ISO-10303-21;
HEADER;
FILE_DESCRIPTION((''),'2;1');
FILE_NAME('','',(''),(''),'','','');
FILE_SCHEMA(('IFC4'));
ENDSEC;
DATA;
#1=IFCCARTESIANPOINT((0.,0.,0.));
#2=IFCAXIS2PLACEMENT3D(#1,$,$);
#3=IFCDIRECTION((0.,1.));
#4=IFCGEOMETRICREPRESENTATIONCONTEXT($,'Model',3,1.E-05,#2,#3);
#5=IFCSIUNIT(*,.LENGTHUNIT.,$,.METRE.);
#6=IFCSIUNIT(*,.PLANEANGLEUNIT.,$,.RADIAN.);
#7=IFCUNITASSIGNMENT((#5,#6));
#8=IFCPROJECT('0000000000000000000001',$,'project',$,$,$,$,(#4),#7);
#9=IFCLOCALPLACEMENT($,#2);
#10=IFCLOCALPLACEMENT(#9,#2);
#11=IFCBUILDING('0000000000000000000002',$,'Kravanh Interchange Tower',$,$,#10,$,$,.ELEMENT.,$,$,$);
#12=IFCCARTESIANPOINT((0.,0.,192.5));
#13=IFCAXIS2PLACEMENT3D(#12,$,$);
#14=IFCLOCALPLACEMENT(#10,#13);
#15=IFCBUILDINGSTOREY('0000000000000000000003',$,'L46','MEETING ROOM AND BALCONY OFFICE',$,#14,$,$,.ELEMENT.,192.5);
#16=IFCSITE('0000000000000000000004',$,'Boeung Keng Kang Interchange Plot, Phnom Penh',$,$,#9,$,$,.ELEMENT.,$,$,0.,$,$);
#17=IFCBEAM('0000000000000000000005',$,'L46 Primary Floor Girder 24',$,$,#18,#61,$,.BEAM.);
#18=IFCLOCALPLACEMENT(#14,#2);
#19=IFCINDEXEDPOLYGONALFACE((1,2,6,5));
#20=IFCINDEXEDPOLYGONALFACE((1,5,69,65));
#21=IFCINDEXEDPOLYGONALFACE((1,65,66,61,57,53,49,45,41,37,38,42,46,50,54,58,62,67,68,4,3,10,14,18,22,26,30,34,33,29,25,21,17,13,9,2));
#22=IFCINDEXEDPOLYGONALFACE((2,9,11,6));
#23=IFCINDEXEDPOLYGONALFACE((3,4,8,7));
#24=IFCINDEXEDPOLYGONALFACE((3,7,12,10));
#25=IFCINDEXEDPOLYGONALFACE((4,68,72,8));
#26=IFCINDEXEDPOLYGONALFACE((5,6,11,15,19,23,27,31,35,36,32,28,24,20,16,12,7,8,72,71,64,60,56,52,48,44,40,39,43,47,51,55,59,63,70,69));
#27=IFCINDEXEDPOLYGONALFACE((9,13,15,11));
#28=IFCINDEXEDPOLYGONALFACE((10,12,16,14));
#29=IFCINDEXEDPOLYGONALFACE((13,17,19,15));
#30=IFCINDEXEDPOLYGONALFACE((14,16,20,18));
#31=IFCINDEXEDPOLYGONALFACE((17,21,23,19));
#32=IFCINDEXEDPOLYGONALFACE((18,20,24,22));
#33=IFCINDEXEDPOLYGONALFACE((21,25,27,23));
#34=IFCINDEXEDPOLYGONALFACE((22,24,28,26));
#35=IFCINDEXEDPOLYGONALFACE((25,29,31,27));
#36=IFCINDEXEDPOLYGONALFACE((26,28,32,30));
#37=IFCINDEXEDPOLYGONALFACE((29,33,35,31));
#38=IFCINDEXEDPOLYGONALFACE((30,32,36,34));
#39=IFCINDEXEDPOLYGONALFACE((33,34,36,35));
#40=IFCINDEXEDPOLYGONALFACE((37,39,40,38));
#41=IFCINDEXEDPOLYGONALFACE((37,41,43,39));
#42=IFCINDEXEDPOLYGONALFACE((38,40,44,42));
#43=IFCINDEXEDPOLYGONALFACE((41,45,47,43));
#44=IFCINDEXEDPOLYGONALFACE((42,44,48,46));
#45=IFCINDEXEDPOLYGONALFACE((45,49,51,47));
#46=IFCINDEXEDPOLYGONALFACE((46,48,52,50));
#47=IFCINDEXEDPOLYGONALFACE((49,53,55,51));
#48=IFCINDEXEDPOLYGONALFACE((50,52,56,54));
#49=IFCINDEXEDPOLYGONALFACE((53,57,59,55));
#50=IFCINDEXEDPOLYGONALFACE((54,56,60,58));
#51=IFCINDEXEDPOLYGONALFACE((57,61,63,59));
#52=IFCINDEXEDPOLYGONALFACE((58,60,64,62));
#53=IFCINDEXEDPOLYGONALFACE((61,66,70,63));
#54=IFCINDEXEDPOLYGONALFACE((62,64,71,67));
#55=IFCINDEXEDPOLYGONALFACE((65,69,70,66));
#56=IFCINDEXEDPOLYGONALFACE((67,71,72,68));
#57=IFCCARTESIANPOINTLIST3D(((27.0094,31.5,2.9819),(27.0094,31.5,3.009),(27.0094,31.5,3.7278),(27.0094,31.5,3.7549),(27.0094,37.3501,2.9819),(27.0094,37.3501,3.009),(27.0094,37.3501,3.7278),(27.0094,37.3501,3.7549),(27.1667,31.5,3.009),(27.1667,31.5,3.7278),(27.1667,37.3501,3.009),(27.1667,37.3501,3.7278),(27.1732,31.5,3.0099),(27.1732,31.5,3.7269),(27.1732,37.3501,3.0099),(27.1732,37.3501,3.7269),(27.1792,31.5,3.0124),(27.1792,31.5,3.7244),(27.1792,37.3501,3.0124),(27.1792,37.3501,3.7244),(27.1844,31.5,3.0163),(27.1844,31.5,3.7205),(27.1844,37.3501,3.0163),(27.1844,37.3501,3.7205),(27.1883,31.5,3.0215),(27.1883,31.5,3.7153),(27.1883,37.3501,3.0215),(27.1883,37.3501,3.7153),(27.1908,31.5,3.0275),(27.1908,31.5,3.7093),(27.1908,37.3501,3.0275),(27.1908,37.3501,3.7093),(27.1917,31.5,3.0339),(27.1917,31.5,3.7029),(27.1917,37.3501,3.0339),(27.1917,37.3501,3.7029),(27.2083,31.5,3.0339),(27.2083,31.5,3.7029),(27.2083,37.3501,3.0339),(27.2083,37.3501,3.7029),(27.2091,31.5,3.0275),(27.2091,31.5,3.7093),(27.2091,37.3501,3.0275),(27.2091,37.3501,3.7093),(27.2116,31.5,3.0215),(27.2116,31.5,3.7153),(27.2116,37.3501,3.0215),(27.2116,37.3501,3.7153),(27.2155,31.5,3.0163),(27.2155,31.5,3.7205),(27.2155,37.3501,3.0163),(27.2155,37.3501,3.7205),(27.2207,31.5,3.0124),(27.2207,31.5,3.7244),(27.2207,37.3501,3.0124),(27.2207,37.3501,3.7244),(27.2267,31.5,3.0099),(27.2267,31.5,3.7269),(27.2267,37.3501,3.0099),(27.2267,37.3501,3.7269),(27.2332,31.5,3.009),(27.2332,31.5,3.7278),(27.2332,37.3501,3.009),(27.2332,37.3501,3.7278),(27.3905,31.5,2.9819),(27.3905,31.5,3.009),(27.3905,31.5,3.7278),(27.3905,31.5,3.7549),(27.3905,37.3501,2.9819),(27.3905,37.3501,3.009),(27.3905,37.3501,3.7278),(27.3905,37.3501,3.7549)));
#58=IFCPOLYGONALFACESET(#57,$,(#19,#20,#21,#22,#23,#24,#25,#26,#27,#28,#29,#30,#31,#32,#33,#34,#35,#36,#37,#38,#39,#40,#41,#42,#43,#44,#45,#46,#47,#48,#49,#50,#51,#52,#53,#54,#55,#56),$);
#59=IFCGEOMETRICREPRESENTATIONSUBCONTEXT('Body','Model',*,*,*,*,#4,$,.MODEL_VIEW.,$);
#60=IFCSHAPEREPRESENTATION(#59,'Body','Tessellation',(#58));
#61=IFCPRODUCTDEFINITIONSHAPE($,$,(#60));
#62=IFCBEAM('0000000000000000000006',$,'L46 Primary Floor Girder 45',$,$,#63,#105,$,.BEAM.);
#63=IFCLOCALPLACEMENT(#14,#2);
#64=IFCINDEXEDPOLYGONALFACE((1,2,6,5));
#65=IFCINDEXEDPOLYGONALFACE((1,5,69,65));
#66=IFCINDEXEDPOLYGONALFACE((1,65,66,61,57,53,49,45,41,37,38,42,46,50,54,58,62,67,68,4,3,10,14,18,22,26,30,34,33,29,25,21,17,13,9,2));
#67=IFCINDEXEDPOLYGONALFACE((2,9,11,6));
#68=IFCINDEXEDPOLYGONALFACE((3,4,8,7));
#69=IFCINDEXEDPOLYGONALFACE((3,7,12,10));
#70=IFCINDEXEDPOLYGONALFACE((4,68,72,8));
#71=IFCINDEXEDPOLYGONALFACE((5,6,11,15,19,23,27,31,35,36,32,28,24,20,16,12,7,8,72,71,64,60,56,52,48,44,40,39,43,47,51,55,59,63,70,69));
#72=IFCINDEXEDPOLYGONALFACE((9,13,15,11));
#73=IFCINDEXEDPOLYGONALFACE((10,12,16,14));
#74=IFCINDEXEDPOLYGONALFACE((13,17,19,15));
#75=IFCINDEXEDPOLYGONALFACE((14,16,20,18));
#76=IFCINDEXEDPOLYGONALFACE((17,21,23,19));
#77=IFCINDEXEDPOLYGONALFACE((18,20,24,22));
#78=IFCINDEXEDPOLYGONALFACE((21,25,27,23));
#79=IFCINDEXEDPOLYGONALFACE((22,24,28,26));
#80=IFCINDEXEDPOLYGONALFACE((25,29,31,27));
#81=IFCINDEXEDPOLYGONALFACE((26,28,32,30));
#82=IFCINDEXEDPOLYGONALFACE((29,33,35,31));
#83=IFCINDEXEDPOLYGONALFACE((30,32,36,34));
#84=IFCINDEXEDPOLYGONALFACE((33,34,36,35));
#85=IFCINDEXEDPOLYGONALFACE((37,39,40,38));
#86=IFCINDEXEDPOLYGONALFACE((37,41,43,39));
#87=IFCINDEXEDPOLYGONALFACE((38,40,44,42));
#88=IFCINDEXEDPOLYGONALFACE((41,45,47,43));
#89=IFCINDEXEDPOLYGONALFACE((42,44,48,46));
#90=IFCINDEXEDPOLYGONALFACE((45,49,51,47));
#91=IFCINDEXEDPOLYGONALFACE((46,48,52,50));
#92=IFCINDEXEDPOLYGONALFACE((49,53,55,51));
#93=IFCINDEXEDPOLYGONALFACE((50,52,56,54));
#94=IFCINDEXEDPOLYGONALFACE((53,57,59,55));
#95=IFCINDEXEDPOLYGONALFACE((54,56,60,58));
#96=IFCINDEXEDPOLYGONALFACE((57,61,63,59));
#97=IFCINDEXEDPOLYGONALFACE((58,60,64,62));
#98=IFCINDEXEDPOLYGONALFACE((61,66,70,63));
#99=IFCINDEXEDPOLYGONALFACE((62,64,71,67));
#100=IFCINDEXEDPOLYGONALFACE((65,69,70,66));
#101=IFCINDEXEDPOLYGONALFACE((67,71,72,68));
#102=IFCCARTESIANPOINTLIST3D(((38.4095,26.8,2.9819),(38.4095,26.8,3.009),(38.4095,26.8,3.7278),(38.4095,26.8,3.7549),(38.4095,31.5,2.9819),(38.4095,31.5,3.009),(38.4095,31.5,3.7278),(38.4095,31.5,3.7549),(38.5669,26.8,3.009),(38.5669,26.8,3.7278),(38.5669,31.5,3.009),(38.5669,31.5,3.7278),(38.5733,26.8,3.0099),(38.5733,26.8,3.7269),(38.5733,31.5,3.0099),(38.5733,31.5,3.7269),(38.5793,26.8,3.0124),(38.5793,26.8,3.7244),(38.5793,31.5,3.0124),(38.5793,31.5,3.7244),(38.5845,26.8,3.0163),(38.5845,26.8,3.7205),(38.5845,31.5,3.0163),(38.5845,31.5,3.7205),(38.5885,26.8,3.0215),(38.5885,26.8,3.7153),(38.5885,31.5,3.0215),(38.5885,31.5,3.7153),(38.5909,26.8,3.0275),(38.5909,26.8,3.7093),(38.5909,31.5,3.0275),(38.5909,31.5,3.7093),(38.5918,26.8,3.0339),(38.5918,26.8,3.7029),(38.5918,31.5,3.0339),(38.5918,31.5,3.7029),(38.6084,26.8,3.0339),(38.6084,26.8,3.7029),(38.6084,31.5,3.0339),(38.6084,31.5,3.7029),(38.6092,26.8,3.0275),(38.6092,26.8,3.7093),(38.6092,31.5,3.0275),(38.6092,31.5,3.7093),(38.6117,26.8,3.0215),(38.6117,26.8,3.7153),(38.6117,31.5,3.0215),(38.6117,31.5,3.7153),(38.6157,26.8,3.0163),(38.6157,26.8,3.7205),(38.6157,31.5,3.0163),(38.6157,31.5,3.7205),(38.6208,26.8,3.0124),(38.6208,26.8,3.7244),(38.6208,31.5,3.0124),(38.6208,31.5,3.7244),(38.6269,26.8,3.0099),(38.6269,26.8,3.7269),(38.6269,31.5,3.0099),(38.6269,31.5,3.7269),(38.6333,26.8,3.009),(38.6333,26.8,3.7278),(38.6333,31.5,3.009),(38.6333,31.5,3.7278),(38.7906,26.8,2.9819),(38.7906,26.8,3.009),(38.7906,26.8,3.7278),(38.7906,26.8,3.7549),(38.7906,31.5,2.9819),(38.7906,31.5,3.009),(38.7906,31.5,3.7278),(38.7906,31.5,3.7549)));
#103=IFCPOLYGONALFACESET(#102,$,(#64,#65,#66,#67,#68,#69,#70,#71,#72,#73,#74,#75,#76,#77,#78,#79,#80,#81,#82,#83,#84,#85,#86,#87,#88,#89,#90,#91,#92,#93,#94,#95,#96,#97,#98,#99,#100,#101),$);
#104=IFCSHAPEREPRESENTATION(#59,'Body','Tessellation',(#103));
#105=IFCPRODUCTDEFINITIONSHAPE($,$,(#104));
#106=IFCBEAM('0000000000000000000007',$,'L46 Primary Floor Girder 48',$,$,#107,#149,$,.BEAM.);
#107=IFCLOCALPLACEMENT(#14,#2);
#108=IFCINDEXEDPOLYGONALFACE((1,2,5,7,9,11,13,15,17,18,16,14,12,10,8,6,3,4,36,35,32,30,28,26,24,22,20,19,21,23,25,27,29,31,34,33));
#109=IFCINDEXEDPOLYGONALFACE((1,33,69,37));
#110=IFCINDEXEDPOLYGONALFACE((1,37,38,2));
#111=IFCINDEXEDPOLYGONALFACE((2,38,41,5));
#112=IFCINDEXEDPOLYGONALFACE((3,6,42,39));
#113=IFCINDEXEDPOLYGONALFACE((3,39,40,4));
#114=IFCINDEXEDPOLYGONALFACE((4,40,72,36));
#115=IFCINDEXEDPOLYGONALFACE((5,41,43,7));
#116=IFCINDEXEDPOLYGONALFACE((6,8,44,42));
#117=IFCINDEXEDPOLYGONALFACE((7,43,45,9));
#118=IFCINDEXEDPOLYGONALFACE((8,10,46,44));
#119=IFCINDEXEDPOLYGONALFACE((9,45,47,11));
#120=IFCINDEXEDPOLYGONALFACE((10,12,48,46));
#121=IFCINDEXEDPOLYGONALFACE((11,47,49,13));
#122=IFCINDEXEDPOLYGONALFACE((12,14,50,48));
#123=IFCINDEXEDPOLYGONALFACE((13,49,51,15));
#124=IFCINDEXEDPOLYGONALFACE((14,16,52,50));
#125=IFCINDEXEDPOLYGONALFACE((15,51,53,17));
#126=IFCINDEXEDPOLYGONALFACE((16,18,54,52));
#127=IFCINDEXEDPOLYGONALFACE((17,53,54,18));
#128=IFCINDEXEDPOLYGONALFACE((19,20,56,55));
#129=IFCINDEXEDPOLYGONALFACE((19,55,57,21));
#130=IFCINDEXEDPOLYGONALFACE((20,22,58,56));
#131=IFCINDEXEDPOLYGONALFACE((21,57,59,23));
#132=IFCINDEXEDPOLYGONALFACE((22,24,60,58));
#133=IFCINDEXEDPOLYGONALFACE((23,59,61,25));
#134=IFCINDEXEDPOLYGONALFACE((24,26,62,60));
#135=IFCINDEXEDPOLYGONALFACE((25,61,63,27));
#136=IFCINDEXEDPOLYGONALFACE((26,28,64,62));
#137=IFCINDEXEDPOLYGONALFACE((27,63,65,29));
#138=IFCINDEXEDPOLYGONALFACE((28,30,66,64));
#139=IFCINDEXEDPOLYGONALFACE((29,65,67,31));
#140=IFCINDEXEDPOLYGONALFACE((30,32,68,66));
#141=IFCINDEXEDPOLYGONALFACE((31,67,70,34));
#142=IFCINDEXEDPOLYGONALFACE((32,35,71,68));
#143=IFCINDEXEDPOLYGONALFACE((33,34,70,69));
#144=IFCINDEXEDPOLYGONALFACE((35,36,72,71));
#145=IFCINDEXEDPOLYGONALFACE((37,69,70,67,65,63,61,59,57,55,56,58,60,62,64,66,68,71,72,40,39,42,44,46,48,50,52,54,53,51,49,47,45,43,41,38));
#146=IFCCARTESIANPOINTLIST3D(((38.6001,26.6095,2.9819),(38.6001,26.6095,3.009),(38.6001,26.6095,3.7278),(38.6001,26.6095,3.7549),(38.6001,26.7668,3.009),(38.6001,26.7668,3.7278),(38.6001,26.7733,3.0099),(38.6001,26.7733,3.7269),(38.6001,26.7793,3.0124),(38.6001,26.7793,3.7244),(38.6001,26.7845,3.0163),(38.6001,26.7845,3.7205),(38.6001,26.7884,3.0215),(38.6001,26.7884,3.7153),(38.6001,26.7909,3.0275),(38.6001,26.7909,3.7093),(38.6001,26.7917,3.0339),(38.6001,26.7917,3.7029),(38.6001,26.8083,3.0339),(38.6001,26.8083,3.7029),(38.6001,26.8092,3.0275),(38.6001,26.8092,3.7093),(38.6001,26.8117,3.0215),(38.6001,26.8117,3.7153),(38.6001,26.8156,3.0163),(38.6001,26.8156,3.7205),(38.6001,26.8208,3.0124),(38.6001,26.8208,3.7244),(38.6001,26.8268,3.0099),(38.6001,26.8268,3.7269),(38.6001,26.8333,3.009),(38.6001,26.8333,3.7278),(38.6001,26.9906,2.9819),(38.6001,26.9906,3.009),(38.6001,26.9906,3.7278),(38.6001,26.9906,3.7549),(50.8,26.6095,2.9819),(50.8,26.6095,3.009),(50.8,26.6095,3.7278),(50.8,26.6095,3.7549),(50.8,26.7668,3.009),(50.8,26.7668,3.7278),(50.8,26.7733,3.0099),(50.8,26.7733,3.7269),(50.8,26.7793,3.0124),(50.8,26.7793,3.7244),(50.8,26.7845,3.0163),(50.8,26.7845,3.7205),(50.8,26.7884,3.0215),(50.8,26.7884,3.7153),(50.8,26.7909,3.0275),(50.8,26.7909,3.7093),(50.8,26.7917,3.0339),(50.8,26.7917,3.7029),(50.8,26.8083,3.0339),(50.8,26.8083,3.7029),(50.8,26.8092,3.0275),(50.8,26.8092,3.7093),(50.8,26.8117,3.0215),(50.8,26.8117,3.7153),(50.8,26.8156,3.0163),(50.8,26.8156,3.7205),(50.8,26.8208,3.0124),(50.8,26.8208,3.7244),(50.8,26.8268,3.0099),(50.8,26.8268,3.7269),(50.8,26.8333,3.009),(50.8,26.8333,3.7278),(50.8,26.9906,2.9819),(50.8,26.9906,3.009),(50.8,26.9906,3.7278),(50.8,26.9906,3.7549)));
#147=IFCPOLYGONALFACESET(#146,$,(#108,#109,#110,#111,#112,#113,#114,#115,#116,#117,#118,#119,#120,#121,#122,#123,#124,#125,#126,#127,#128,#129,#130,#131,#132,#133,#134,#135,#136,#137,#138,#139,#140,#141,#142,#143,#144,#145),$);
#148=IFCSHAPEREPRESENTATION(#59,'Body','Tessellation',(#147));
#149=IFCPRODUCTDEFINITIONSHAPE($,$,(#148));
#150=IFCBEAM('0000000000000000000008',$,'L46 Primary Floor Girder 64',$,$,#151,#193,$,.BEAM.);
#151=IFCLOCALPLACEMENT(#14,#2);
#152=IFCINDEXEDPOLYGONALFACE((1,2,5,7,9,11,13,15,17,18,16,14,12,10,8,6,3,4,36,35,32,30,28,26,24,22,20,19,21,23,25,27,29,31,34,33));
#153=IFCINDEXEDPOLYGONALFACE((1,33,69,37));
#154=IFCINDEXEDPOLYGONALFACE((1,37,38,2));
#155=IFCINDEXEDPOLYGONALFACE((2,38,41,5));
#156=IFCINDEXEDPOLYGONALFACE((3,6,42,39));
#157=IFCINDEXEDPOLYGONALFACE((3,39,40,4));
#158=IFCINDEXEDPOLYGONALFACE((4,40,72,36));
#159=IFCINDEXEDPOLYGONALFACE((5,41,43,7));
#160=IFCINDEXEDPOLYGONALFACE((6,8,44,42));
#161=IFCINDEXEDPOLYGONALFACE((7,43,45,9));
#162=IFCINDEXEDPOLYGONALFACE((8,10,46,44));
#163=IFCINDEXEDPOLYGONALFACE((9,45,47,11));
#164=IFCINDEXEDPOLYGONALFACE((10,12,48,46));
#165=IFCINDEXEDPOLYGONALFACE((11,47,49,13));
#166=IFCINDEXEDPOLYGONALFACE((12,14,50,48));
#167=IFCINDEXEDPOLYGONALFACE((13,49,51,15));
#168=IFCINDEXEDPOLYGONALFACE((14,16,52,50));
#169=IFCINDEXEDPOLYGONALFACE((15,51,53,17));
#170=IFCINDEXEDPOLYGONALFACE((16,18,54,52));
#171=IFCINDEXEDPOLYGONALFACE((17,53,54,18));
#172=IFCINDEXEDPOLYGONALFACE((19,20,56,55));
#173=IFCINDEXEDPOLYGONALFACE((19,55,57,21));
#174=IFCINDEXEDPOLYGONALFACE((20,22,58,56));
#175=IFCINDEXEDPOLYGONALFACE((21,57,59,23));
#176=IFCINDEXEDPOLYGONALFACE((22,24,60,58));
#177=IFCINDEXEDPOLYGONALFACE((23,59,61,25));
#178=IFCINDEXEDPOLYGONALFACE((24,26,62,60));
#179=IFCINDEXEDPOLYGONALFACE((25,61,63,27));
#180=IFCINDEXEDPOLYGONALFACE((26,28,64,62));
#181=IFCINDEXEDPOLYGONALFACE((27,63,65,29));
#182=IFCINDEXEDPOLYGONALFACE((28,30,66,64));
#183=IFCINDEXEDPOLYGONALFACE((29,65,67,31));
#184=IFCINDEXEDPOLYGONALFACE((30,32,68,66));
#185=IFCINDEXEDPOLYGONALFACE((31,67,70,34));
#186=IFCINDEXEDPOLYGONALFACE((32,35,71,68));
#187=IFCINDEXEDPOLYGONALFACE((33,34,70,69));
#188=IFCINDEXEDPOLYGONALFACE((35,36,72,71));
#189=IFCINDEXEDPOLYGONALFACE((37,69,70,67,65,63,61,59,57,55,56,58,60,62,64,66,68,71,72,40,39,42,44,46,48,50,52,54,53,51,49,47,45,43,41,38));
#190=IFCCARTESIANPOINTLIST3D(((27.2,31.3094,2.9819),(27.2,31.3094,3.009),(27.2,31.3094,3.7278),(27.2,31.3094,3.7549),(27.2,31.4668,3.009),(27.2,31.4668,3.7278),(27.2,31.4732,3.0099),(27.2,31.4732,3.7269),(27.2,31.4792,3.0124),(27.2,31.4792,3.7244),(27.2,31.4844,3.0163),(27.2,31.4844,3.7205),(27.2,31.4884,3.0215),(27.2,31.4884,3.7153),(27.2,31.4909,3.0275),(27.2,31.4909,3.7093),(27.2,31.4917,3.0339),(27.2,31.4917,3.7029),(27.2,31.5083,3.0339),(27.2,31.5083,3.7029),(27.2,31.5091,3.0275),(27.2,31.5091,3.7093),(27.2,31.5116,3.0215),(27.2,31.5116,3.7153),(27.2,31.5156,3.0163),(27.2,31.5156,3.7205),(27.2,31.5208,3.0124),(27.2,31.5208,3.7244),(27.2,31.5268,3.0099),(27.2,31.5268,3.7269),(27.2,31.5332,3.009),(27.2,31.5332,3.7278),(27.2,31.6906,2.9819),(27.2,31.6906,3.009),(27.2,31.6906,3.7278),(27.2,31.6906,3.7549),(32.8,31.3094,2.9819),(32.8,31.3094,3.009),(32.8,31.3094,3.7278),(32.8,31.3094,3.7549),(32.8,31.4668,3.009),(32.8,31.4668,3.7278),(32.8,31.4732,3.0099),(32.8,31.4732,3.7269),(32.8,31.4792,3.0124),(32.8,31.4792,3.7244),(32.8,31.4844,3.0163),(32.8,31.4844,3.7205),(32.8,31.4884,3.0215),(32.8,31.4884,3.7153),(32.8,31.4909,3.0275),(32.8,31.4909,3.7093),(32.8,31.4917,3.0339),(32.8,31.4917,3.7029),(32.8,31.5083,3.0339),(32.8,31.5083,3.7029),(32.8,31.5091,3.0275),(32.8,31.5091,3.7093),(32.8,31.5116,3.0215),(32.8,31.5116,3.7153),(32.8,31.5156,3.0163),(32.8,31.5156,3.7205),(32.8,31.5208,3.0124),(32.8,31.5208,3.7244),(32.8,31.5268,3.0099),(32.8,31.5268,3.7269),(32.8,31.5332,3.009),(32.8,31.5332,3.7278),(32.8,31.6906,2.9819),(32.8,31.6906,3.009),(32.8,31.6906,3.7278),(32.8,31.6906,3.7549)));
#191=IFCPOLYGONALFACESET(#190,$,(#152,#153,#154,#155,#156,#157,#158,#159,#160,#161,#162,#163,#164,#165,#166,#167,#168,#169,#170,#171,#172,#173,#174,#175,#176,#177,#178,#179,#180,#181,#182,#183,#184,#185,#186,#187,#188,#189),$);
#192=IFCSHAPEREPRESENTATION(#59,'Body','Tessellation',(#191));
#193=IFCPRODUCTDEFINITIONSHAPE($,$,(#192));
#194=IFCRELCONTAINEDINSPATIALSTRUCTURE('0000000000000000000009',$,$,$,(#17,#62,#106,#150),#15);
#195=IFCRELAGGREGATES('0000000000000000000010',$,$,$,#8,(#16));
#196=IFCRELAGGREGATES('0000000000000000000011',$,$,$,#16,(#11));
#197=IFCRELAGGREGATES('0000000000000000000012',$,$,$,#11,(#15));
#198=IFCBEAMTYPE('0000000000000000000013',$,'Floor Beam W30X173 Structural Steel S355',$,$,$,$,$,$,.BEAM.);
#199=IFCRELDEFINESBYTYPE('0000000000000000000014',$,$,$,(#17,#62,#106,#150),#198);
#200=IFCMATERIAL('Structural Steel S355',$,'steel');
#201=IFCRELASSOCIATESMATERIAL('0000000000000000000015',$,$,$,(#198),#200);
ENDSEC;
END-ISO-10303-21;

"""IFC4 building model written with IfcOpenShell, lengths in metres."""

from ifc_helpers import new_model, si_unit, direction, frame, origin, origin_2d, place, context, subcontext, project, spatial, i_section, extrude, material, material_profile, profile_set, type_object, element, save


model = new_model("IFC4")

# Units and contexts
model_context = context("Model", 3, precision=1e-05, world=origin(), true_north=direction((0.0, 1.0)))
body_context = subcontext(model_context, "Body", "Model", "MODEL_VIEW")
ifc_project = project(units=[si_unit("LENGTHUNIT", "METRE"), si_unit("PLANEANGLEUNIT", "RADIAN")], contexts=[model_context])

# Site, building, storey
site_placement = place(None, origin())
site = spatial("IfcSite", under=ifc_project, at=site_placement, Name="Boeung Keng Kang Interchange Plot, Phnom Penh", CompositionType="ELEMENT", RefElevation=0.0)
building_placement = place(site_placement, origin())
building = spatial("IfcBuilding", under=site, at=building_placement, Name="Kravanh Interchange Tower", CompositionType="ELEMENT")
storey_placement = place(building_placement, frame((0.0, 0.0, 192.5)))
storey = spatial("IfcBuildingStorey", under=building, at=storey_placement, Name="L46", Description="MEETING ROOM AND BALCONY OFFICE", CompositionType="ELEMENT", Elevation=192.5)

# Beams
ifc_material_1 = material(Name="Structural Steel S355", Category="steel")
ifc_material_profile_1 = material_profile(ifc_material_1, i_section(OverallWidth=0.3811, OverallDepth=0.7729, WebThickness=0.0166, FlangeThickness=0.0271, FilletRadius=0.0249, at=origin_2d()), Name="W30X173")
ifc_profile_set_1 = profile_set([ifc_material_profile_1], Name="Structural Steel S355")
beam_type_1 = type_object("IfcBeamType", Name="Floor Beam W30X173 Structural Steel S355", PredefinedType="BEAM", material=ifc_profile_set_1)
beam_1_placement = place(storey_placement, frame((27.2, 37.3501, 3.3684), z_axis=(0.0, -1.0, 0.0), x_axis=(1.0, 0.0, 0.0)))
element("IfcBeam", 1, at=beam_1_placement, inside=storey, type_object=beam_type_1, Name="L46 Primary Floor Girder 24", PredefinedType="BEAM", context=body_context, shape_type="SweptSolid", body=[
    extrude(i_section(OverallWidth=0.3811, OverallDepth=0.7729, WebThickness=0.0166, FlangeThickness=0.0271, FilletRadius=0.0249, at=origin_2d()), origin(), (0.0, 0.0, 1.0), 5.8501),
])
beam_2_placement = place(storey_placement, frame((38.6001, 26.8, 3.3684), z_axis=(0.0, 1.0, 0.0), x_axis=(-1.0, 0.0, 0.0)))
element("IfcBeam", 2, at=beam_2_placement, inside=storey, type_object=beam_type_1, Name="L46 Primary Floor Girder 45", PredefinedType="BEAM", context=body_context, shape_type="SweptSolid", body=[
    extrude(i_section(OverallWidth=0.3811, OverallDepth=0.7729, WebThickness=0.0166, FlangeThickness=0.0271, FilletRadius=0.0249, at=origin_2d()), origin(), (0.0, 0.0, 1.0), 4.7),
])
beam_3_placement = place(storey_placement, frame((38.6001, 26.8, 3.3684), z_axis=(1.0, 0.0, 0.0), x_axis=(0.0, 1.0, 0.0)))
element("IfcBeam", 3, at=beam_3_placement, inside=storey, type_object=beam_type_1, Name="L46 Primary Floor Girder 48", PredefinedType="BEAM", context=body_context, shape_type="SweptSolid", body=[
    extrude(i_section(OverallWidth=0.3811, OverallDepth=0.7729, WebThickness=0.0166, FlangeThickness=0.0271, FilletRadius=0.0249, at=origin_2d()), origin(), (0.0, 0.0, 1.0), 12.2),
])
beam_4_placement = place(storey_placement, frame((27.2, 31.5, 3.3684), z_axis=(1.0, 0.0, 0.0), x_axis=(0.0, 1.0, 0.0)))
element("IfcBeam", 4, at=beam_4_placement, inside=storey, type_object=beam_type_1, Name="L46 Primary Floor Girder 64", PredefinedType="BEAM", context=body_context, shape_type="SweptSolid", body=[
    extrude(i_section(OverallWidth=0.3811, OverallDepth=0.7729, WebThickness=0.0166, FlangeThickness=0.0271, FilletRadius=0.0249, at=origin_2d()), origin(), (0.0, 0.0, 1.0), 5.6001),
])

save(model, "model.ifc")
